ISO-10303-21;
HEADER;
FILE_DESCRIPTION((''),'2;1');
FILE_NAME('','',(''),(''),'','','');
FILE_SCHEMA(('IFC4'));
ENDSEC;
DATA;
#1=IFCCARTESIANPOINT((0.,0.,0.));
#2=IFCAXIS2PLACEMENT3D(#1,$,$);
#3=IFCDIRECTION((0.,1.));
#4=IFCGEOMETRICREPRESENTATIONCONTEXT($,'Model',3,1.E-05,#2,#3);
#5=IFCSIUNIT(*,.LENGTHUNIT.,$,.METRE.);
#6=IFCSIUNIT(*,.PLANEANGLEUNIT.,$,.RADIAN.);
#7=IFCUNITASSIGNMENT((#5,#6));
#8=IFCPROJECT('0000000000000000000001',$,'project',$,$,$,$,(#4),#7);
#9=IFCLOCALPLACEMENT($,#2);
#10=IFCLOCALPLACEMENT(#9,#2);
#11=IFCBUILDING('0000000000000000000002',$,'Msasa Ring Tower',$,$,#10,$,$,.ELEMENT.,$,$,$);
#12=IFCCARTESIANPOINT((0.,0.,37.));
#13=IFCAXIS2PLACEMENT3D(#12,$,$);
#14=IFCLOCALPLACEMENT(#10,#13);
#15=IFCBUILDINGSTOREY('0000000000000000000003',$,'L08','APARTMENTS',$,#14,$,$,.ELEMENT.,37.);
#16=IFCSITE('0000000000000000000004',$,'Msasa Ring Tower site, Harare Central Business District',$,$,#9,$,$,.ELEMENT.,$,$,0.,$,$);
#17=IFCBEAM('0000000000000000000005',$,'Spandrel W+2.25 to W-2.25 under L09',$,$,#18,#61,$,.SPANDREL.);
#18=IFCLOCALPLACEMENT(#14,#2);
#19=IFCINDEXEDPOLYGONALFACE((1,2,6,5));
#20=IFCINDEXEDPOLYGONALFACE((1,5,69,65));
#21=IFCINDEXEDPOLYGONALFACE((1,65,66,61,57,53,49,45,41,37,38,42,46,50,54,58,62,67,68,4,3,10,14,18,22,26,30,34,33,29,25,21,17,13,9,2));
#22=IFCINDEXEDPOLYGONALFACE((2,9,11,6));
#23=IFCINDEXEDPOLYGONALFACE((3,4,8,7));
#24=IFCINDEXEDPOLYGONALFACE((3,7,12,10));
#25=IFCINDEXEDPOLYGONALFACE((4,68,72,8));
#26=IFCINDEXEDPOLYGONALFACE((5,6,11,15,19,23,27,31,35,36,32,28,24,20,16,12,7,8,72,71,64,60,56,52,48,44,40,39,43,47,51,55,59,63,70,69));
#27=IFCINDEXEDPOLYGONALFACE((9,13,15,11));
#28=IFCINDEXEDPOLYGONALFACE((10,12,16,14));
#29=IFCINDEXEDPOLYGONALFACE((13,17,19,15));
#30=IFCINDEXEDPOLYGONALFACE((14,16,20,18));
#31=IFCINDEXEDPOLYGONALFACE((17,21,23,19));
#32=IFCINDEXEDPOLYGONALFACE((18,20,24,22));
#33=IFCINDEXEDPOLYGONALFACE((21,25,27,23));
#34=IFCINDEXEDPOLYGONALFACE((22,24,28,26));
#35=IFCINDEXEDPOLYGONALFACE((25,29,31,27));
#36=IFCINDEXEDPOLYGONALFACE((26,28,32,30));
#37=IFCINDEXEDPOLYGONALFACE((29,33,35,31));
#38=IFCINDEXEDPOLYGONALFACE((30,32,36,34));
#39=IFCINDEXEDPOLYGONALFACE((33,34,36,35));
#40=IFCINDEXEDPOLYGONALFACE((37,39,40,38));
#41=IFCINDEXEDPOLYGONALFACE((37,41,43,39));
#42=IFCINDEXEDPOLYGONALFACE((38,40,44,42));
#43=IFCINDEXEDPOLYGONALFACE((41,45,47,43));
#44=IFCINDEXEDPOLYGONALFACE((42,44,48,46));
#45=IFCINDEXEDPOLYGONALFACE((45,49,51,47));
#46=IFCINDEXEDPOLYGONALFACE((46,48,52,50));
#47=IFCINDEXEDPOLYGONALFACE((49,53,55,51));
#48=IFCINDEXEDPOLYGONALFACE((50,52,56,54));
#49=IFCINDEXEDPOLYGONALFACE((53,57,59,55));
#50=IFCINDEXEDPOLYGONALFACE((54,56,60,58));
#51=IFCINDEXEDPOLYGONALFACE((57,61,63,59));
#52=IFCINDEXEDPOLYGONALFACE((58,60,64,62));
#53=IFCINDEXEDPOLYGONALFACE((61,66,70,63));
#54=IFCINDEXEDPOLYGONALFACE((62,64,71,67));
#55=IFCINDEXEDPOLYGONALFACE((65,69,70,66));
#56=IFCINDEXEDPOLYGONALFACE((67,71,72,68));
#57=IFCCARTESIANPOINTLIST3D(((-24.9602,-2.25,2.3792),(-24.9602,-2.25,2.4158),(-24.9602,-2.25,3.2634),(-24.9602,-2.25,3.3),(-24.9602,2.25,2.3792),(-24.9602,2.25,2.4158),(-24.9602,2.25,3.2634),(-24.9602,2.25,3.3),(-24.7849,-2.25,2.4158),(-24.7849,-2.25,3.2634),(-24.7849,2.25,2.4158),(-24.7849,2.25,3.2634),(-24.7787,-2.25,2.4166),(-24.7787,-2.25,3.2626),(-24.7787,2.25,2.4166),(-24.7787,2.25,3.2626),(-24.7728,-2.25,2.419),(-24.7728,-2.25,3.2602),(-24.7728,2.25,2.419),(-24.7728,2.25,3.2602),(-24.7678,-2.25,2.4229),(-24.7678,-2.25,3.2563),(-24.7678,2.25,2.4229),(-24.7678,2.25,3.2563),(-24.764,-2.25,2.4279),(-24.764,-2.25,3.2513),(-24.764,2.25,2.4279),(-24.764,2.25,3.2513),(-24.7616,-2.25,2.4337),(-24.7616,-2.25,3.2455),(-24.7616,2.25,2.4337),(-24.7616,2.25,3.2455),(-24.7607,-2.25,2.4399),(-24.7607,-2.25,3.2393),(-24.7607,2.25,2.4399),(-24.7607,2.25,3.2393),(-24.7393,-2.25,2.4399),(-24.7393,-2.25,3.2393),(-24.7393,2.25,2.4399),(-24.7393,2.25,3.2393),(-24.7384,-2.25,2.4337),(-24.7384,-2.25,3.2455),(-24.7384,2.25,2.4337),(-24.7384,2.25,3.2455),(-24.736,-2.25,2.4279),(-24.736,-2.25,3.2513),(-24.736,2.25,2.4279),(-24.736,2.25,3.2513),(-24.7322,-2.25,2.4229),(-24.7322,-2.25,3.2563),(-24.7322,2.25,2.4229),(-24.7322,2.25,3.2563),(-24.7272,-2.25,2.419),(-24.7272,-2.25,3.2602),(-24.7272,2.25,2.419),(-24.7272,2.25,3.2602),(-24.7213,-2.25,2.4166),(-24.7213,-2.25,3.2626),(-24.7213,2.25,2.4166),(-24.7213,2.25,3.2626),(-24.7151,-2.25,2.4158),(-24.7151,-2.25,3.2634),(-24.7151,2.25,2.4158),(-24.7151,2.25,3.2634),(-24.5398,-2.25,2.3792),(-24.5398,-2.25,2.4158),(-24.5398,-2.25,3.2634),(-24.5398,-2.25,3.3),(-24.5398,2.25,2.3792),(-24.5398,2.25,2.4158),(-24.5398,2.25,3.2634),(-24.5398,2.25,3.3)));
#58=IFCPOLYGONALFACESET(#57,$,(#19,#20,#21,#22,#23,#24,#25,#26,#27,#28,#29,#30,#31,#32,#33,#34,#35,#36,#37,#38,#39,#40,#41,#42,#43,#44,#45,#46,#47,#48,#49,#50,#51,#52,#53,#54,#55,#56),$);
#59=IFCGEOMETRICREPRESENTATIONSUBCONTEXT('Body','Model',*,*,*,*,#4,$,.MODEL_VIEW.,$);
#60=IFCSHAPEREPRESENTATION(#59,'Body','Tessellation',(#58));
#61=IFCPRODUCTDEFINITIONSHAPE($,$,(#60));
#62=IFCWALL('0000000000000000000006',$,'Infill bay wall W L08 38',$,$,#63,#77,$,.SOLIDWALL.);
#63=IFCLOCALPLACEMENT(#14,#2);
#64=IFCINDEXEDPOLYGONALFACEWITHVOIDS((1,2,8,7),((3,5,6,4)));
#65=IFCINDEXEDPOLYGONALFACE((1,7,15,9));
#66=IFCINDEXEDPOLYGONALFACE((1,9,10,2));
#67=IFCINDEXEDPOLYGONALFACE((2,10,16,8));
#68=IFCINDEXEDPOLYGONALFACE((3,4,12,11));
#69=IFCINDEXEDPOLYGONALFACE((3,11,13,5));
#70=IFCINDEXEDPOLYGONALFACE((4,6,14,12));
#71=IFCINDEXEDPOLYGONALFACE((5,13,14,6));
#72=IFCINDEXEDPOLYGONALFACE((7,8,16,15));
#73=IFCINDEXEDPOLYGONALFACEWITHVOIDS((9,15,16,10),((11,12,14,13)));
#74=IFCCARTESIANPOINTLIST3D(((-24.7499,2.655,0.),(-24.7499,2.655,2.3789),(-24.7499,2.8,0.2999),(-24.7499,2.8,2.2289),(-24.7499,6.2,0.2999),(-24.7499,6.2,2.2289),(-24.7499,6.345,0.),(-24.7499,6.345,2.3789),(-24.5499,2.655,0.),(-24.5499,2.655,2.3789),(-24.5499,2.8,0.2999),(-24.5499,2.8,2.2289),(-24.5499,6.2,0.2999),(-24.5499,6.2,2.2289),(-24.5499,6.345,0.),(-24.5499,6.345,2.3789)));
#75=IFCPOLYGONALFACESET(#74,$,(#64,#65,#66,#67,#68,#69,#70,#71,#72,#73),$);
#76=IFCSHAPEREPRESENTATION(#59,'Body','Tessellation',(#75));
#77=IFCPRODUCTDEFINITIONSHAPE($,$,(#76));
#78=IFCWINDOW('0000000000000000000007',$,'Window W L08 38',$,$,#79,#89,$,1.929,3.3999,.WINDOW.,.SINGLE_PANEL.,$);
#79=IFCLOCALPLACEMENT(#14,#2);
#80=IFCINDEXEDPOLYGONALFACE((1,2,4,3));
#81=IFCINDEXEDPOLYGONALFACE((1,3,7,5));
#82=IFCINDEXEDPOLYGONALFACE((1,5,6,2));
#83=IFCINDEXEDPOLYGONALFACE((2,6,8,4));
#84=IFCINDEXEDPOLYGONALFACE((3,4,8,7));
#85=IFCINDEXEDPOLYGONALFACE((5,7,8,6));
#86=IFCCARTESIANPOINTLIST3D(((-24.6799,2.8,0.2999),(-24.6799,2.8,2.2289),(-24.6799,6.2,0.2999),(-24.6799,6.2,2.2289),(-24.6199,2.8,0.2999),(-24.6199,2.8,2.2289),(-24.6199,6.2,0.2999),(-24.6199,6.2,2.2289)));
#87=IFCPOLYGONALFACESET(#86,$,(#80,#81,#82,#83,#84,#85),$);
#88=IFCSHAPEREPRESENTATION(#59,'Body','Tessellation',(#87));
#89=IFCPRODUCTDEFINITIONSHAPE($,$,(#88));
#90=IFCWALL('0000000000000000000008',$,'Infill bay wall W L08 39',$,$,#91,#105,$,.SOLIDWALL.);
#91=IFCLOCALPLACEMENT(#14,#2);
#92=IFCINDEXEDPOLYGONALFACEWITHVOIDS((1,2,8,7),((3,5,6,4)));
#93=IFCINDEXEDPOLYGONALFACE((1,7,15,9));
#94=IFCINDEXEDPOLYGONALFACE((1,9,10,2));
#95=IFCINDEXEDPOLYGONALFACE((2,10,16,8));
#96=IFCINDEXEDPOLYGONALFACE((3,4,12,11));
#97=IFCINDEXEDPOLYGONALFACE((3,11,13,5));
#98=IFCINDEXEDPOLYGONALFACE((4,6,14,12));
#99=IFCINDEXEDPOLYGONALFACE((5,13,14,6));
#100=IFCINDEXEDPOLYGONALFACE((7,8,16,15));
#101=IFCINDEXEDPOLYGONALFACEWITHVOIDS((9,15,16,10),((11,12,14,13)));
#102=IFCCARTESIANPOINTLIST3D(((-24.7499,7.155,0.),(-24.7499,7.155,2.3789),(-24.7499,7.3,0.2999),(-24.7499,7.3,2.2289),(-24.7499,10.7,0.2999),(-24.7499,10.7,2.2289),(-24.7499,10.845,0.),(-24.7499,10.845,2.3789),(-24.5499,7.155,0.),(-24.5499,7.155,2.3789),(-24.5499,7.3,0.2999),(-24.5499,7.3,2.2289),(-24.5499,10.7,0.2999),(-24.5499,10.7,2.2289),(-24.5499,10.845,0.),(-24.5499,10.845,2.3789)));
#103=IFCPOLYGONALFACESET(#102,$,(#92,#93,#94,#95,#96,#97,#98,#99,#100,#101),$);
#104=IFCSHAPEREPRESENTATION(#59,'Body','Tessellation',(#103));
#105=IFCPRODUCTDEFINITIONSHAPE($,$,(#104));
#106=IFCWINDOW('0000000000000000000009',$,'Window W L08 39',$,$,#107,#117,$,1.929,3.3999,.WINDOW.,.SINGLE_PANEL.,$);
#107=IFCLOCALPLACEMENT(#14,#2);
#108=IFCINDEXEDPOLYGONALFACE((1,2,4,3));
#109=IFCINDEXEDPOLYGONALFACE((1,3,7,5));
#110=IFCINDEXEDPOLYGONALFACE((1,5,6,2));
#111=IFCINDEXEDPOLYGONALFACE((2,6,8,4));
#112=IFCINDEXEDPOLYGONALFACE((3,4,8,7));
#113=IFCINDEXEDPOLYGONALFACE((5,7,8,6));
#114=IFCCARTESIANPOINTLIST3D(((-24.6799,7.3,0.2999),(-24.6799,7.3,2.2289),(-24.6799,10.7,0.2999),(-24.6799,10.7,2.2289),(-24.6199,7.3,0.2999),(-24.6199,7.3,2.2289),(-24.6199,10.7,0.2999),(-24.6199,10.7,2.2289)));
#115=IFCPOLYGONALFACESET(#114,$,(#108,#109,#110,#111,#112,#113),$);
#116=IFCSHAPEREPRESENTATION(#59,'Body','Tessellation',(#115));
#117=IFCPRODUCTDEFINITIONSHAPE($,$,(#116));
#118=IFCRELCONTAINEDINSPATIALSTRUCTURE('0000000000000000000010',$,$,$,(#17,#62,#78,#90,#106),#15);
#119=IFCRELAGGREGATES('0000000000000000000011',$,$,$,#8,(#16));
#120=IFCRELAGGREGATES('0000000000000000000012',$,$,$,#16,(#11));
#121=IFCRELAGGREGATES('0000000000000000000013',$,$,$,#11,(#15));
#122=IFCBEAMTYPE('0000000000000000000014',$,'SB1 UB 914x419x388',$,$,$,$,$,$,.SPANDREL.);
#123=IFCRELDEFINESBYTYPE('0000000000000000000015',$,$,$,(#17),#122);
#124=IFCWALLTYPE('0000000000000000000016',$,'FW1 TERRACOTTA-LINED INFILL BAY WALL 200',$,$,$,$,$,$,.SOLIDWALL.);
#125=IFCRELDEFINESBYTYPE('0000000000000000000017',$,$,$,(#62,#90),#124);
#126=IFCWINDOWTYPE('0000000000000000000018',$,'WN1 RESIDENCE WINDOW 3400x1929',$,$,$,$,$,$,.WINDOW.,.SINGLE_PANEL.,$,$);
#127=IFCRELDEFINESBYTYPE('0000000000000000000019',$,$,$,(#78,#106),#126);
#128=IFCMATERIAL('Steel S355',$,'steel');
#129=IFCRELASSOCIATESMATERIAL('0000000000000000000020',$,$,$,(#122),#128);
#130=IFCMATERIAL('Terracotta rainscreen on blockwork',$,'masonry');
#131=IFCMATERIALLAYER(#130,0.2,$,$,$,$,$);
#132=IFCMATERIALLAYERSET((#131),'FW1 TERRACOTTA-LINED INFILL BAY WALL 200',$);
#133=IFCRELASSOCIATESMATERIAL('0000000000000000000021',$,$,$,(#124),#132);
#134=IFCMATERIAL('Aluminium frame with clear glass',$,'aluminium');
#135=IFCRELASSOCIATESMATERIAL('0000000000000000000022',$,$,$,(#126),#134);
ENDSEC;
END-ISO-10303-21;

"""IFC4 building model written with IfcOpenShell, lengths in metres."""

from ifc_helpers import new_model, si_unit, direction, frame, frame_2d, origin, origin_2d, place, context, subcontext, project, spatial, rectangle, i_section, extrude, material, layer, layer_set, material_profile, profile_set, type_object, element, fill, save


model = new_model("IFC4")

# Units and contexts
model_context = context("Model", 3, precision=1e-05, world=origin(), true_north=direction((0.0, 1.0)))
body_context = subcontext(model_context, "Body", "Model", "MODEL_VIEW")
ifc_project = project(units=[si_unit("LENGTHUNIT", "METRE"), si_unit("PLANEANGLEUNIT", "RADIAN")], contexts=[model_context])

# Site, building, storey
site_placement = place(None, origin())
site = spatial("IfcSite", under=ifc_project, at=site_placement, Name="Msasa Ring Tower site, Harare Central Business District", CompositionType="ELEMENT", RefElevation=0.0)
building_placement = place(site_placement, origin())
building = spatial("IfcBuilding", under=site, at=building_placement, Name="Msasa Ring Tower", CompositionType="ELEMENT")
storey_placement = place(building_placement, frame((0.0, 0.0, 37.0)))
storey = spatial("IfcBuildingStorey", under=building, at=storey_placement, Name="L08", Description="APARTMENTS", CompositionType="ELEMENT", Elevation=37.0)

# Beam
ifc_material_1 = material(Name="Steel S355", Category="steel")
ifc_material_profile_1 = material_profile(ifc_material_1, i_section(OverallWidth=0.4204, OverallDepth=0.9209, WebThickness=0.0215, FlangeThickness=0.0366, FilletRadius=0.0242, at=origin_2d()), Name="UB 914x419x388")
ifc_profile_set_1 = profile_set([ifc_material_profile_1], Name="Steel S355")
beam_type_1 = type_object("IfcBeamType", Name="SB1 UB 914x419x388", PredefinedType="SPANDREL", material=ifc_profile_set_1)
for number, where, z_axis, x_axis, name in (
    (1, (-24.75, 2.25, 2.8396), (0.0, -1.0, 0.0), (1.0, 0.0, 0.0), "Spandrel W+2.25 to W-2.25 under L09"),
):
    element("IfcBeam", number, at=place(storey_placement, frame(where, z_axis=z_axis, x_axis=x_axis)), inside=storey, type_object=beam_type_1, Name=name, PredefinedType="SPANDREL", context=body_context, shape_type="SweptSolid", body=[
        extrude(i_section(OverallWidth=0.4204, OverallDepth=0.9209, WebThickness=0.0215, FlangeThickness=0.0366, FilletRadius=0.0242, at=origin_2d()), origin(), (0.0, 0.0, 1.0), 4.5),
    ])

# Walls, openings, windows
ifc_material_2 = material(Name="Terracotta rainscreen on blockwork", Category="masonry")
ifc_layer_1 = layer(ifc_material_2, 0.2)
ifc_layer_set_1 = layer_set([ifc_layer_1], Name="FW1 TERRACOTTA-LINED INFILL BAY WALL 200")
wall_type_1 = type_object("IfcWallType", Name="FW1 TERRACOTTA-LINED INFILL BAY WALL 200", PredefinedType="SOLIDWALL", material=ifc_layer_set_1)
wall_1_placement = place(storey_placement, frame((-24.6499, 2.655, 0.0), z_axis=(0.0, 0.0, 1.0), x_axis=(0.0, 1.0, 0.0)))
wall_1 = element("IfcWall", 2, at=wall_1_placement, inside=storey, type_object=wall_type_1, Name="Infill bay wall W L08 38", PredefinedType="SOLIDWALL", context=body_context, shape_type="SweptSolid", body=[
    extrude(rectangle(XDim=3.6899, YDim=0.2, at=frame_2d((1.845, 0.0))), origin(), (0.0, 0.0, 1.0), 2.3789),
])
opening_1_placement = place(wall_1_placement, frame((0.145, 0.0, 0.3)))
opening_1 = element("IfcOpeningElement", 3, at=opening_1_placement, cuts=wall_1, PredefinedType="OPENING", context=body_context, shape_type="SweptSolid", body=[
    extrude(rectangle(XDim=3.3999, YDim=1.929, at=frame_2d((1.7, 0.9644))), frame((0.0, 0.1099, 0.0), z_axis=(0.0, -1.0, 0.0), x_axis=(1.0, 0.0, 0.0)), (0.0, 0.0, 1.0), 0.22),
])
ifc_material_3 = material(Name="Aluminium frame with clear glass", Category="aluminium")
window_type = type_object("IfcWindowType", Name="WN1 RESIDENCE WINDOW 3400x1929", PartitioningType="SINGLE_PANEL", PredefinedType="WINDOW", material=ifc_material_3)
window_1_placement = place(opening_1_placement, origin())
window_1 = element("IfcWindow", 4, at=window_1_placement, inside=storey, type_object=window_type, Name="Window W L08 38", OverallHeight=1.929, OverallWidth=3.3999, PartitioningType="SINGLE_PANEL", PredefinedType="WINDOW", context=body_context, shape_type="SweptSolid", body=[
    extrude(rectangle(XDim=3.3999, YDim=1.929, at=frame_2d((1.7, 0.9644))), frame((0.0, 0.03, 0.0), z_axis=(0.0, -1.0, 0.0), x_axis=(1.0, 0.0, 0.0)), (0.0, 0.0, 1.0), 0.0601),
])
fill(opening_1, window_1)
wall_2_placement = place(storey_placement, frame((-24.6499, 7.155, 0.0), z_axis=(0.0, 0.0, 1.0), x_axis=(0.0, 1.0, 0.0)))
wall_2 = element("IfcWall", 5, at=wall_2_placement, inside=storey, type_object=wall_type_1, Name="Infill bay wall W L08 39", PredefinedType="SOLIDWALL", context=body_context, shape_type="SweptSolid", body=[
    extrude(rectangle(XDim=3.6899, YDim=0.2, at=frame_2d((1.845, 0.0))), origin(), (0.0, 0.0, 1.0), 2.3789),
])
opening_2_placement = place(wall_2_placement, frame((0.145, 0.0, 0.3)))
opening_2 = element("IfcOpeningElement", 6, at=opening_2_placement, cuts=wall_2, PredefinedType="OPENING", context=body_context, shape_type="SweptSolid", body=[
    extrude(rectangle(XDim=3.3999, YDim=1.929, at=frame_2d((1.7, 0.9644))), frame((0.0, 0.1099, 0.0), z_axis=(0.0, -1.0, 0.0), x_axis=(1.0, 0.0, 0.0)), (0.0, 0.0, 1.0), 0.22),
])
window_2_placement = place(opening_2_placement, origin())
window_2 = element("IfcWindow", 7, at=window_2_placement, inside=storey, type_object=window_type, Name="Window W L08 39", OverallHeight=1.929, OverallWidth=3.3999, PartitioningType="SINGLE_PANEL", PredefinedType="WINDOW", context=body_context, shape_type="SweptSolid", body=[
    extrude(rectangle(XDim=3.3999, YDim=1.929, at=frame_2d((1.7, 0.9644))), frame((0.0, 0.03, 0.0), z_axis=(0.0, -1.0, 0.0), x_axis=(1.0, 0.0, 0.0)), (0.0, 0.0, 1.0), 0.0601),
])
fill(opening_2, window_2)

save(model, "model.ifc")
